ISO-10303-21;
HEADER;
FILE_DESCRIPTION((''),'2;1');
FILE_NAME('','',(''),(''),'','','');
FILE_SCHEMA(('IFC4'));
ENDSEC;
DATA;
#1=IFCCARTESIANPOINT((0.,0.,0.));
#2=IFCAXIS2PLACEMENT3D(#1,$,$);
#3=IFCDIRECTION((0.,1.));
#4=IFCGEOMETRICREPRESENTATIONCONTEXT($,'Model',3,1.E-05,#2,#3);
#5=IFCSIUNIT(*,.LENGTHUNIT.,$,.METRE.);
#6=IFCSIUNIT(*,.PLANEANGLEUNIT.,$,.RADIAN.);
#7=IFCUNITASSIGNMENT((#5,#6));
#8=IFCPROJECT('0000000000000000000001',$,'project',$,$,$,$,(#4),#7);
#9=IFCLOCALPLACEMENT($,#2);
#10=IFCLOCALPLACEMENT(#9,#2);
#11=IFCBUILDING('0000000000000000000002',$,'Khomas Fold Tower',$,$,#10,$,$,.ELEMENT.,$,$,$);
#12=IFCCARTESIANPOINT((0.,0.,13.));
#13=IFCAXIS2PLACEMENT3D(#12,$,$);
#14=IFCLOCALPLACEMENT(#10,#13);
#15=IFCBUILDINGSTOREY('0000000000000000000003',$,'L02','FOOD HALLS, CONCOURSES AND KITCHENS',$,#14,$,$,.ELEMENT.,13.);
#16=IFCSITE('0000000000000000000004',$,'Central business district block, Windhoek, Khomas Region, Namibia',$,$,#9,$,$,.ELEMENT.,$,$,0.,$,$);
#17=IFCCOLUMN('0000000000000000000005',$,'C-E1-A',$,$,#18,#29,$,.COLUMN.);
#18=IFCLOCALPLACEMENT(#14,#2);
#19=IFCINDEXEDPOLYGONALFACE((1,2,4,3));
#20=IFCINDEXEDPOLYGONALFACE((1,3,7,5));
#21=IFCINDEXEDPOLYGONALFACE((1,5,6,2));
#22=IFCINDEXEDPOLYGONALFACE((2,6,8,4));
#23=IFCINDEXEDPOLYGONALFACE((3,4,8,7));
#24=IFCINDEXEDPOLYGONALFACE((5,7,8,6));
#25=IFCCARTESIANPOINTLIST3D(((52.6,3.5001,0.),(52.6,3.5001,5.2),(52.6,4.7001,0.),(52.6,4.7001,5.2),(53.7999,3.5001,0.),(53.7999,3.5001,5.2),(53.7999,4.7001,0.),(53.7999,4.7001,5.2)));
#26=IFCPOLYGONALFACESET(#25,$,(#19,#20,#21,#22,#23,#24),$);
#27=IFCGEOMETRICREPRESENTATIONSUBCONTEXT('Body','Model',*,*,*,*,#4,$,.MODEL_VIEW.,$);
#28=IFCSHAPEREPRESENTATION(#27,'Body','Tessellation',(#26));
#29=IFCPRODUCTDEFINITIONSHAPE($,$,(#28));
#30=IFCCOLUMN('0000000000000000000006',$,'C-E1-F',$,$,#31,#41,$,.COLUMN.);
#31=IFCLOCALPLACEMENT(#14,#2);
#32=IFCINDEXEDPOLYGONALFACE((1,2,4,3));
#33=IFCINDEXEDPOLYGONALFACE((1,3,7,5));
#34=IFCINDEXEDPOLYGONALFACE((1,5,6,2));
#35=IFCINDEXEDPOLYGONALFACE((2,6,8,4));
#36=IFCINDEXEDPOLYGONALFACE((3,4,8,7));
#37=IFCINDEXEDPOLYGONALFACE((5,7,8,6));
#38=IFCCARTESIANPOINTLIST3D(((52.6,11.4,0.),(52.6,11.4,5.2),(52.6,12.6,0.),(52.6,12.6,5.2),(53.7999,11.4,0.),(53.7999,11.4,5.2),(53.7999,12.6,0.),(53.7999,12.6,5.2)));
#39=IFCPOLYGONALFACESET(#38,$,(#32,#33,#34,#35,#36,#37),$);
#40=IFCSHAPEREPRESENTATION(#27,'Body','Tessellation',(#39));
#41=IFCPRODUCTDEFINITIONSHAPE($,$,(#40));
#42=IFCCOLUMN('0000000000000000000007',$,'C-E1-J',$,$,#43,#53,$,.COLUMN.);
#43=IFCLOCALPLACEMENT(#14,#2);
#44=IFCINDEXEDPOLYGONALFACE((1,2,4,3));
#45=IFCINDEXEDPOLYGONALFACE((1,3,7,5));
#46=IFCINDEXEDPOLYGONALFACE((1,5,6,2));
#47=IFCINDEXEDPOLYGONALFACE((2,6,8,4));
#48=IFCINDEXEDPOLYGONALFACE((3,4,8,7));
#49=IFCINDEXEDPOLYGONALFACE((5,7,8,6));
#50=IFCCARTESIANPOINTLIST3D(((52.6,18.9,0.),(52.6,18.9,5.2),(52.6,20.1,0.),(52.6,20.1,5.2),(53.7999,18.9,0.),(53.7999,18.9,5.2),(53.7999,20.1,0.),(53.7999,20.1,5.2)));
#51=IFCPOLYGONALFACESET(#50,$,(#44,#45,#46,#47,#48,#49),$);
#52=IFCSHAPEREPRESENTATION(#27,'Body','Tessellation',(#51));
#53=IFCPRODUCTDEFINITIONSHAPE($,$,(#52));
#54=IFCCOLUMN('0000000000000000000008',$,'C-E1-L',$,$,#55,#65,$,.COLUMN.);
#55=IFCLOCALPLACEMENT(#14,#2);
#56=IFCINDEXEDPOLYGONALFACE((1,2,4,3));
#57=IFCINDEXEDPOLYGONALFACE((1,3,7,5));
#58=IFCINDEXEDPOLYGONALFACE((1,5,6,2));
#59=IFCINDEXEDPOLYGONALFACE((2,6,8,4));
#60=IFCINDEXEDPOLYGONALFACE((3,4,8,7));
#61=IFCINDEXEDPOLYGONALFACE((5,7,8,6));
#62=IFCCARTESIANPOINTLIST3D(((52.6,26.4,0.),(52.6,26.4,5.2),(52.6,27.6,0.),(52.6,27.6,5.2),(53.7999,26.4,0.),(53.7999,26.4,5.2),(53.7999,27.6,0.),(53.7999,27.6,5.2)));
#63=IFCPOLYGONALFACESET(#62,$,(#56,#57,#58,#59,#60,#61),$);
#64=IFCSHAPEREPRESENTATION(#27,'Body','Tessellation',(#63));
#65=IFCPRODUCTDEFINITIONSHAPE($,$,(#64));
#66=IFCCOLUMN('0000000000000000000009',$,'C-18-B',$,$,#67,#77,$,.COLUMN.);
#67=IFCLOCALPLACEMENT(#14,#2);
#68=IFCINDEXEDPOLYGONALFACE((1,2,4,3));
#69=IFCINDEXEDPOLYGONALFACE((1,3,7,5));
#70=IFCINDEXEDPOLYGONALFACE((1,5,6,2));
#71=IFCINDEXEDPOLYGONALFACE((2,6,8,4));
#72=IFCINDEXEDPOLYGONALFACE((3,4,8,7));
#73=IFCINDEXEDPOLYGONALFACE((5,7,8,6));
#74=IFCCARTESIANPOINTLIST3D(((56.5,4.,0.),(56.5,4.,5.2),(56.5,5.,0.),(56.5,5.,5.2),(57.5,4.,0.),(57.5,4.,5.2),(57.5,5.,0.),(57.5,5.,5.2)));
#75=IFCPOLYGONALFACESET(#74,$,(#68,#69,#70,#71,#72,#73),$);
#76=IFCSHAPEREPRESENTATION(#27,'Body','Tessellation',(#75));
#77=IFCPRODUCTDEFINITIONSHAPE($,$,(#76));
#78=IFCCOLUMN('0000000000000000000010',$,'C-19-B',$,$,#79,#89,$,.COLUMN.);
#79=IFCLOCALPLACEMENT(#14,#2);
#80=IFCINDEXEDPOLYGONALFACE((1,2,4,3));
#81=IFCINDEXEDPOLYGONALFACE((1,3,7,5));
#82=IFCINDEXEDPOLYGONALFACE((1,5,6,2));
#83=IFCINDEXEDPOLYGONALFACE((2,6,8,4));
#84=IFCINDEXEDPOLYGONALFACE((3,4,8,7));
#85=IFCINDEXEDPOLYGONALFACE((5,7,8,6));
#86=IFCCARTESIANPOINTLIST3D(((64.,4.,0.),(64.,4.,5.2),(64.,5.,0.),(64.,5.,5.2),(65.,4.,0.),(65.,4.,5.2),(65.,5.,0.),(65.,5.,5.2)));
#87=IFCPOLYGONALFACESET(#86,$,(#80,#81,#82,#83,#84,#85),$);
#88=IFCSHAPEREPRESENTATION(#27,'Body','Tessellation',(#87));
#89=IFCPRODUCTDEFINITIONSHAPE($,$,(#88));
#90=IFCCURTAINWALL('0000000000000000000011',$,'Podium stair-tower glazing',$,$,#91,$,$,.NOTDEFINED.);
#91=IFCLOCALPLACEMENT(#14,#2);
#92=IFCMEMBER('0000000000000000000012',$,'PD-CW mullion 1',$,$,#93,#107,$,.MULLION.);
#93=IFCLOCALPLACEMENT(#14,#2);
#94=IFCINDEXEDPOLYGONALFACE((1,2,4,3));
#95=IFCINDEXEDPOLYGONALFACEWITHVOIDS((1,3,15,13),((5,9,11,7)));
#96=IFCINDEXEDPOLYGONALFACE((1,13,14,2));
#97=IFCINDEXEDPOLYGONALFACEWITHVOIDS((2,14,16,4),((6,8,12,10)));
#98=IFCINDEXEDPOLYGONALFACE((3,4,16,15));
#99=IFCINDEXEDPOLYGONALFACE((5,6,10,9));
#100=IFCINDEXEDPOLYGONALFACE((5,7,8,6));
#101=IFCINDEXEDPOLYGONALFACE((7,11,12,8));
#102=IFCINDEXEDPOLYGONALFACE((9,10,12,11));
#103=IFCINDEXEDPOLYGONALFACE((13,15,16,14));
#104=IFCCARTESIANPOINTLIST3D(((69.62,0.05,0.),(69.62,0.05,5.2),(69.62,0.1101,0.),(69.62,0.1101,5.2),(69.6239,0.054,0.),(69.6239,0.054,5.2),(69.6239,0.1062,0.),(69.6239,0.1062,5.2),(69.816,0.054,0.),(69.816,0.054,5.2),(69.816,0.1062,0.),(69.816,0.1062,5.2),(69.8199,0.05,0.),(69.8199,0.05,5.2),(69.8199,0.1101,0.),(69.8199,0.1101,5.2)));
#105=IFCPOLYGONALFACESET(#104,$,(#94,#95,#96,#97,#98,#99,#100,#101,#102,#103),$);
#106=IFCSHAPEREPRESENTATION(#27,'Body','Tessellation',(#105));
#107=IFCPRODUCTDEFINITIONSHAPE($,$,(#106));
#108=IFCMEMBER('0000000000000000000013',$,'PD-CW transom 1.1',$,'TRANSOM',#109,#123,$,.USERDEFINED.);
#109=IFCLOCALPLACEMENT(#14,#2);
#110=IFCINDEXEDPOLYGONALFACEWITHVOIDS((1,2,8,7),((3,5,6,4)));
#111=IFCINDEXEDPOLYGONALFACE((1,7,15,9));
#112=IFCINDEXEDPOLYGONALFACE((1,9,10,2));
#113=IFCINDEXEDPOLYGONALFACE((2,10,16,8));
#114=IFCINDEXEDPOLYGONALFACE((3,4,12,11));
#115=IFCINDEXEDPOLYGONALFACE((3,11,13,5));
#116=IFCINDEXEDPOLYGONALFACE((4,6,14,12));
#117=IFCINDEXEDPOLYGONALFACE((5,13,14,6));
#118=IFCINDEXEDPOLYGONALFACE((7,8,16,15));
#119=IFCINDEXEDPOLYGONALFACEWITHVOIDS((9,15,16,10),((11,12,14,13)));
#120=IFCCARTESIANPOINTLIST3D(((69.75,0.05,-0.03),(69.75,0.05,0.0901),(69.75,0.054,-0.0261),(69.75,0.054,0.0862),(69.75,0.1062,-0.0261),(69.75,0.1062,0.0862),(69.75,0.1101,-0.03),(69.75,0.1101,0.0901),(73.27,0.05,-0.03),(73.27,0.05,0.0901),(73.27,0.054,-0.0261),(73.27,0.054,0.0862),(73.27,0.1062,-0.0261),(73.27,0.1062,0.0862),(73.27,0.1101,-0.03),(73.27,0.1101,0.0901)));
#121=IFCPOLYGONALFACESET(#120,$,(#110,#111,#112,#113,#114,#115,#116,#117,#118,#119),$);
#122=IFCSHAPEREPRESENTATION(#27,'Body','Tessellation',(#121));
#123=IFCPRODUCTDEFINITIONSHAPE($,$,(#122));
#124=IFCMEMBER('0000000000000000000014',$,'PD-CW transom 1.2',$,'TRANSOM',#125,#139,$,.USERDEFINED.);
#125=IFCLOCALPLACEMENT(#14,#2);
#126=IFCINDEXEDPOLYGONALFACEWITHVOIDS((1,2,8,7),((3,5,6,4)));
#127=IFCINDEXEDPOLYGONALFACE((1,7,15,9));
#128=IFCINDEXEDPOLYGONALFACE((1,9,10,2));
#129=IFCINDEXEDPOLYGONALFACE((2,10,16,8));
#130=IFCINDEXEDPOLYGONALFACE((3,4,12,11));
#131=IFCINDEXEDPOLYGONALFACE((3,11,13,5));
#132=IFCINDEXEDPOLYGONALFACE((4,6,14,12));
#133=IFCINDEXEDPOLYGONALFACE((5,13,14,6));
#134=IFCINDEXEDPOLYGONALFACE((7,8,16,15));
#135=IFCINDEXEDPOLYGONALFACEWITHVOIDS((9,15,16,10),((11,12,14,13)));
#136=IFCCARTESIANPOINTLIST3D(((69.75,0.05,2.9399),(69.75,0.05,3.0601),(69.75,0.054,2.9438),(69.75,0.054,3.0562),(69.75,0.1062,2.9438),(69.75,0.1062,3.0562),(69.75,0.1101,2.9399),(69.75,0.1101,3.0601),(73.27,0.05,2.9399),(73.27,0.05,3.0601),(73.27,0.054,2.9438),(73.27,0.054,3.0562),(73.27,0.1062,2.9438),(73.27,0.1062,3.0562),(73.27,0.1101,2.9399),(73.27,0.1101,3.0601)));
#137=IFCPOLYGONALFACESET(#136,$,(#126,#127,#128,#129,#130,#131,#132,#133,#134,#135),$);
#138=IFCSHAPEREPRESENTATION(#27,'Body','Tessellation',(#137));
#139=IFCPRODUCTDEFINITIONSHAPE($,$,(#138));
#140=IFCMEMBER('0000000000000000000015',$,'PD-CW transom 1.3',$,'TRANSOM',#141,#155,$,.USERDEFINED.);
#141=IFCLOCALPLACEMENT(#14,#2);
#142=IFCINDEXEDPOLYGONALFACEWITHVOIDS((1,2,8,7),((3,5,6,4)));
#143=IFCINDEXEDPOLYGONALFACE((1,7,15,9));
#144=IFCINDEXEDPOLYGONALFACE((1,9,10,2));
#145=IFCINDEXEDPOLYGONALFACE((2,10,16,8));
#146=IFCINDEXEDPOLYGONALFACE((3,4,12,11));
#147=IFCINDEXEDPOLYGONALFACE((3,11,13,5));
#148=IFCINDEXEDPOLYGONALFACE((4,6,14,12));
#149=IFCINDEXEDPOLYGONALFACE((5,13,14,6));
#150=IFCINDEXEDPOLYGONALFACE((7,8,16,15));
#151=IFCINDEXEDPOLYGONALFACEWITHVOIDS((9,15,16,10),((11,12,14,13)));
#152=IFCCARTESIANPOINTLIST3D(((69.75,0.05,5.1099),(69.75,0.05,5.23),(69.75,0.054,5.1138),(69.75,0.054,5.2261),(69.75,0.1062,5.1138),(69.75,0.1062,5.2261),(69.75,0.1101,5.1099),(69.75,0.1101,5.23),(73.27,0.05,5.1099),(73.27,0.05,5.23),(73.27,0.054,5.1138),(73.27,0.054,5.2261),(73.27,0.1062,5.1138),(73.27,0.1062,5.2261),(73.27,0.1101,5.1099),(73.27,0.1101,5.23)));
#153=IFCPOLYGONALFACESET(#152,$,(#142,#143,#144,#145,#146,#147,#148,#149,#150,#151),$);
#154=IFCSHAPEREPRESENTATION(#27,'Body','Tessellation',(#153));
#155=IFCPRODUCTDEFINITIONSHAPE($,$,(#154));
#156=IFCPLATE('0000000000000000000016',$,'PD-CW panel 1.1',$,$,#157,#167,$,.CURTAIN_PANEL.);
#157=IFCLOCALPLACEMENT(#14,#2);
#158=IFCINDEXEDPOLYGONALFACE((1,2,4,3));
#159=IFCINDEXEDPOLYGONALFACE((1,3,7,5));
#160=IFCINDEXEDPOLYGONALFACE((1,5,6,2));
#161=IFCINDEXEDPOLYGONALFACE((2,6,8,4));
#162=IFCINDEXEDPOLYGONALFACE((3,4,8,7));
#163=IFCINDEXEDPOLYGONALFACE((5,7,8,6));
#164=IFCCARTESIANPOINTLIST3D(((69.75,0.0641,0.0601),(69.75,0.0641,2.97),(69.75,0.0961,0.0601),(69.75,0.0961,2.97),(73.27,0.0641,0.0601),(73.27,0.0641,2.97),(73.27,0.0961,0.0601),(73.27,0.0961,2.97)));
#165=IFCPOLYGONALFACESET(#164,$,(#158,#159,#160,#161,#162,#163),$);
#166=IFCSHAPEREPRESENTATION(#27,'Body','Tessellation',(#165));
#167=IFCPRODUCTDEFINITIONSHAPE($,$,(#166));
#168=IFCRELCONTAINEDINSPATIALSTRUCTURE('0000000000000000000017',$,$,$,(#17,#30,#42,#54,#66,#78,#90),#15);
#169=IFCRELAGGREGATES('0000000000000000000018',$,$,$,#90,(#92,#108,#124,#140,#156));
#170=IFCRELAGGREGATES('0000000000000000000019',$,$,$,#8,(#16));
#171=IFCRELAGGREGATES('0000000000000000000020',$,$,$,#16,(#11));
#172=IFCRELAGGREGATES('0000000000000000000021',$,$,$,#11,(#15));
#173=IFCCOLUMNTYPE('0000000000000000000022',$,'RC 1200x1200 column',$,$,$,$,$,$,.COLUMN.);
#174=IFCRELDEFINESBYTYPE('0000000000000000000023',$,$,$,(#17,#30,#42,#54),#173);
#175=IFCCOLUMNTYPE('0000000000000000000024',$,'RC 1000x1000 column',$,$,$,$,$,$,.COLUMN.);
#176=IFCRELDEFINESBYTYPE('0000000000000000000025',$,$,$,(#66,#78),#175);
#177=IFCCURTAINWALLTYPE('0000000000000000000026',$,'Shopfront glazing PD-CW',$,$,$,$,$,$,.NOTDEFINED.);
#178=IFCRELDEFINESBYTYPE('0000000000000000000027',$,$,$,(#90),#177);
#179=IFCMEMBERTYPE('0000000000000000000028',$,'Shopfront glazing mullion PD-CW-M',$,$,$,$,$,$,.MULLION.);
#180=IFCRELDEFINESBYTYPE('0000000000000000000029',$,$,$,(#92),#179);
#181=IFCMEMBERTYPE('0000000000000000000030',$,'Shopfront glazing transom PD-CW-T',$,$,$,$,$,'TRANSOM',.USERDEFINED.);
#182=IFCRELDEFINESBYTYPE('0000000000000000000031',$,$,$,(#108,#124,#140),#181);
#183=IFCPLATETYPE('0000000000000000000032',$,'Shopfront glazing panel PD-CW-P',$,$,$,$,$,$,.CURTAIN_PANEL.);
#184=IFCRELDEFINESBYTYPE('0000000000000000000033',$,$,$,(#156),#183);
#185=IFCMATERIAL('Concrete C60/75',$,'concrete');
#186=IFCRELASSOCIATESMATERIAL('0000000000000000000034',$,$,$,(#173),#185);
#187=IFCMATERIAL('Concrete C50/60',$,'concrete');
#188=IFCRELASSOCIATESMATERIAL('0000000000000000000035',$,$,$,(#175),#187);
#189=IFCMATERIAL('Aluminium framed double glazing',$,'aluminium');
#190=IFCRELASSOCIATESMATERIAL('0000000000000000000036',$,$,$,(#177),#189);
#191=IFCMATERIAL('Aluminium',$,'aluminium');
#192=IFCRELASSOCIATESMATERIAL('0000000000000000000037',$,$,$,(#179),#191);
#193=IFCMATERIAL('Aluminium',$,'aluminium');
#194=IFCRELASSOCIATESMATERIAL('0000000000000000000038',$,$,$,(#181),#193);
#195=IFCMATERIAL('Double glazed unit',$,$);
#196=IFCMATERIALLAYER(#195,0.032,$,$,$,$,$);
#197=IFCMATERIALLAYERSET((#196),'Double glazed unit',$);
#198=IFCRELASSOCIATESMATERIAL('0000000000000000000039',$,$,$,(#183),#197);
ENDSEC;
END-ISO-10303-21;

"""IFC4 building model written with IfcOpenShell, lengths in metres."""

from ifc_helpers import new_model, si_unit, direction, frame, origin, origin_2d, place, context, subcontext, project, spatial, rectangle, hollow_rectangle, extrude, source, transform, mapped, material, layer, layer_set, material_profile, profile_set, type_object, element, aggregate, save


model = new_model("IFC4")

# Units and contexts
model_context = context("Model", 3, precision=1e-05, world=origin(), true_north=direction((0.0, 1.0)))
body_context = subcontext(model_context, "Body", "Model", "MODEL_VIEW")
ifc_project = project(units=[si_unit("LENGTHUNIT", "METRE"), si_unit("PLANEANGLEUNIT", "RADIAN")], contexts=[model_context])

# Site, building, storey
site_placement = place(None, origin())
site = spatial("IfcSite", under=ifc_project, at=site_placement, Name="Central business district block, Windhoek, Khomas Region, Namibia", CompositionType="ELEMENT", RefElevation=0.0)
building_placement = place(site_placement, origin())
building = spatial("IfcBuilding", under=site, at=building_placement, Name="Khomas Fold Tower", CompositionType="ELEMENT")
storey_placement = place(building_placement, frame((0.0, 0.0, 13.0)))
storey = spatial("IfcBuildingStorey", under=building, at=storey_placement, Name="L02", Description="FOOD HALLS, CONCOURSES AND KITCHENS", CompositionType="ELEMENT", Elevation=13.0)

# Columns
ifc_material_1 = material(Name="Concrete C60/75", Category="concrete")
ifc_material_profile_1 = material_profile(ifc_material_1, rectangle(XDim=1.2, YDim=1.2, at=origin_2d()), Name="RC 1200x1200")
ifc_profile_set_1 = profile_set([ifc_material_profile_1], Name="Concrete C60/75")
column_type_1 = type_object("IfcColumnType", Name="RC 1200x1200 column", PredefinedType="COLUMN", material=ifc_profile_set_1)
shared_shape_1 = source(origin(), body_context, "Body", "SweptSolid", [
    extrude(rectangle(XDim=1.2, YDim=1.2, at=origin_2d()), origin(), (0.0, 0.0, 1.0), 5.2),
])
for number, where, z_axis, x_axis, name in (
    (1, (53.2, 4.1001, 0.0), (0.0, 0.0, 1.0), (1.0, 0.0, 0.0), "C-E1-A"),
    (2, (53.2, 12.0, 0.0), (0.0, 0.0, 1.0), (1.0, 0.0, 0.0), "C-E1-F"),
    (3, (53.2, 19.5, 0.0), (0.0, 0.0, 1.0), (1.0, 0.0, 0.0), "C-E1-J"),
    (4, (53.2, 27.0, 0.0), (0.0, 0.0, 1.0), (1.0, 0.0, 0.0), "C-E1-L"),
):
    element("IfcColumn", number, at=place(storey_placement, frame(where, z_axis=z_axis, x_axis=x_axis)), inside=storey, type_object=column_type_1, Name=name, PredefinedType="COLUMN", context=body_context, shape_type="MappedRepresentation", body=[
        mapped(shared_shape_1, transform((0.0, 0.0, 0.0))),
    ])
ifc_material_2 = material(Name="Concrete C50/60", Category="concrete")
ifc_material_profile_2 = material_profile(ifc_material_2, rectangle(XDim=1.0, YDim=1.0, at=origin_2d()), Name="RC 1000x1000")
ifc_profile_set_2 = profile_set([ifc_material_profile_2], Name="Concrete C50/60")
column_type_2 = type_object("IfcColumnType", Name="RC 1000x1000 column", PredefinedType="COLUMN", material=ifc_profile_set_2)
shared_shape_2 = source(origin(), body_context, "Body", "SweptSolid", [
    extrude(rectangle(XDim=1.0, YDim=1.0, at=origin_2d()), origin(), (0.0, 0.0, 1.0), 5.2),
])
for number, where, z_axis, x_axis, name in (
    (5, (57.0, 4.5, 0.0), (0.0, 0.0, 1.0), (1.0, 0.0, 0.0), "C-18-B"),
    (6, (64.5, 4.5, 0.0), (0.0, 0.0, 1.0), (1.0, 0.0, 0.0), "C-19-B"),
):
    element("IfcColumn", number, at=place(storey_placement, frame(where, z_axis=z_axis, x_axis=x_axis)), inside=storey, type_object=column_type_2, Name=name, PredefinedType="COLUMN", context=body_context, shape_type="MappedRepresentation", body=[
        mapped(shared_shape_2, transform((0.0, 0.0, 0.0))),
    ])

# Curtain wall, members, plate
ifc_material_3 = material(Name="Aluminium framed double glazing", Category="aluminium")
curtain_wall_type = type_object("IfcCurtainWallType", Name="Shopfront glazing PD-CW", PredefinedType="NOTDEFINED", material=ifc_material_3)
curtain_wall_placement = place(storey_placement, origin())
curtain_wall = element("IfcCurtainWall", 7, at=curtain_wall_placement, inside=storey, type_object=curtain_wall_type, Name="Podium stair-tower glazing", PredefinedType="NOTDEFINED")
ifc_material_4 = material(Name="Aluminium", Category="aluminium")
ifc_material_profile_3 = material_profile(ifc_material_4, hollow_rectangle(XDim=0.0601, YDim=0.2, WallThickness=0.0039, at=origin_2d()), Name="Shopfront glazing mullion PD-CW-M")
ifc_profile_set_3 = profile_set([ifc_material_profile_3], Name="Aluminium")
member_type_1 = type_object("IfcMemberType", Name="Shopfront glazing mullion PD-CW-M", PredefinedType="MULLION", material=ifc_profile_set_3)
shared_shape_3 = source(origin(), body_context, "Body", "SweptSolid", [
    extrude(hollow_rectangle(XDim=0.0601, YDim=0.2, WallThickness=0.0039, at=origin_2d()), origin(), (0.0, 0.0, 1.0), 5.2),
])
member_1_placement = place(storey_placement, frame((69.72, 0.0801, 0.0), z_axis=(0.0, 0.0, 1.0), x_axis=(0.0, 1.0, 0.0)))
member_1 = element("IfcMember", 8, at=member_1_placement, type_object=member_type_1, Name="PD-CW mullion 1", PredefinedType="MULLION", context=body_context, shape_type="MappedRepresentation", body=[
    mapped(shared_shape_3, transform((0.0, 0.0, 0.0))),
])
ifc_material_5 = material(Name="Aluminium", Category="aluminium")
ifc_material_profile_4 = material_profile(ifc_material_5, hollow_rectangle(XDim=0.0601, YDim=0.1201, WallThickness=0.0039, at=origin_2d()), Name="Shopfront glazing transom PD-CW-T")
ifc_profile_set_4 = profile_set([ifc_material_profile_4], Name="Aluminium")
member_type_2 = type_object("IfcMemberType", Name="Shopfront glazing transom PD-CW-T", ElementType="TRANSOM", PredefinedType="USERDEFINED", material=ifc_profile_set_4)
shared_shape_4 = source(origin(), body_context, "Body", "SweptSolid", [
    extrude(hollow_rectangle(XDim=0.0601, YDim=0.1201, WallThickness=0.0039, at=origin_2d()), origin(), (0.0, 0.0, 1.0), 3.52),
])
member_2_placement = place(storey_placement, frame((69.75, 0.0801, 0.03), z_axis=(1.0, 0.0, 0.0), x_axis=(0.0, 1.0, 0.0)))
member_2 = element("IfcMember", 9, at=member_2_placement, type_object=member_type_2, Name="PD-CW transom 1.1", ObjectType="TRANSOM", PredefinedType="USERDEFINED", context=body_context, shape_type="MappedRepresentation", body=[
    mapped(shared_shape_4, transform((0.0, 0.0, 0.0))),
])
member_3_placement = place(storey_placement, frame((69.75, 0.0801, 3.0), z_axis=(1.0, 0.0, 0.0), x_axis=(0.0, 1.0, 0.0)))
member_3 = element("IfcMember", 10, at=member_3_placement, type_object=member_type_2, Name="PD-CW transom 1.2", ObjectType="TRANSOM", PredefinedType="USERDEFINED", context=body_context, shape_type="MappedRepresentation", body=[
    mapped(shared_shape_4, transform((0.0, 0.0, 0.0))),
])
member_4_placement = place(storey_placement, frame((69.75, 0.0801, 5.1699), z_axis=(1.0, 0.0, 0.0), x_axis=(0.0, 1.0, 0.0)))
member_4 = element("IfcMember", 11, at=member_4_placement, type_object=member_type_2, Name="PD-CW transom 1.3", ObjectType="TRANSOM", PredefinedType="USERDEFINED", context=body_context, shape_type="MappedRepresentation", body=[
    mapped(shared_shape_4, transform((0.0, 0.0, 0.0))),
])
ifc_material_6 = material(Name="Double glazed unit")
ifc_layer_1 = layer(ifc_material_6, 0.032)
ifc_layer_set_1 = layer_set([ifc_layer_1], Name="Double glazed unit")
plate_type = type_object("IfcPlateType", Name="Shopfront glazing panel PD-CW-P", PredefinedType="CURTAIN_PANEL", material=ifc_layer_set_1)
shared_shape_5 = source(origin(), body_context, "Body", "SweptSolid", [
    extrude(rectangle(XDim=3.52, YDim=0.032, at=origin_2d()), origin(), (0.0, 0.0, 1.0), 2.9099),
])
plate_placement = place(storey_placement, frame((71.51, 0.0801, 0.0601), z_axis=(0.0, 0.0, 1.0), x_axis=(1.0, 0.0, 0.0)))
plate = element("IfcPlate", 12, at=plate_placement, type_object=plate_type, Name="PD-CW panel 1.1", PredefinedType="CURTAIN_PANEL", context=body_context, shape_type="MappedRepresentation", body=[
    mapped(shared_shape_5, transform((0.0, 0.0, 0.0))),
])
aggregate(curtain_wall, [member_1, member_2, member_3, member_4, plate])

save(model, "model.ifc")
